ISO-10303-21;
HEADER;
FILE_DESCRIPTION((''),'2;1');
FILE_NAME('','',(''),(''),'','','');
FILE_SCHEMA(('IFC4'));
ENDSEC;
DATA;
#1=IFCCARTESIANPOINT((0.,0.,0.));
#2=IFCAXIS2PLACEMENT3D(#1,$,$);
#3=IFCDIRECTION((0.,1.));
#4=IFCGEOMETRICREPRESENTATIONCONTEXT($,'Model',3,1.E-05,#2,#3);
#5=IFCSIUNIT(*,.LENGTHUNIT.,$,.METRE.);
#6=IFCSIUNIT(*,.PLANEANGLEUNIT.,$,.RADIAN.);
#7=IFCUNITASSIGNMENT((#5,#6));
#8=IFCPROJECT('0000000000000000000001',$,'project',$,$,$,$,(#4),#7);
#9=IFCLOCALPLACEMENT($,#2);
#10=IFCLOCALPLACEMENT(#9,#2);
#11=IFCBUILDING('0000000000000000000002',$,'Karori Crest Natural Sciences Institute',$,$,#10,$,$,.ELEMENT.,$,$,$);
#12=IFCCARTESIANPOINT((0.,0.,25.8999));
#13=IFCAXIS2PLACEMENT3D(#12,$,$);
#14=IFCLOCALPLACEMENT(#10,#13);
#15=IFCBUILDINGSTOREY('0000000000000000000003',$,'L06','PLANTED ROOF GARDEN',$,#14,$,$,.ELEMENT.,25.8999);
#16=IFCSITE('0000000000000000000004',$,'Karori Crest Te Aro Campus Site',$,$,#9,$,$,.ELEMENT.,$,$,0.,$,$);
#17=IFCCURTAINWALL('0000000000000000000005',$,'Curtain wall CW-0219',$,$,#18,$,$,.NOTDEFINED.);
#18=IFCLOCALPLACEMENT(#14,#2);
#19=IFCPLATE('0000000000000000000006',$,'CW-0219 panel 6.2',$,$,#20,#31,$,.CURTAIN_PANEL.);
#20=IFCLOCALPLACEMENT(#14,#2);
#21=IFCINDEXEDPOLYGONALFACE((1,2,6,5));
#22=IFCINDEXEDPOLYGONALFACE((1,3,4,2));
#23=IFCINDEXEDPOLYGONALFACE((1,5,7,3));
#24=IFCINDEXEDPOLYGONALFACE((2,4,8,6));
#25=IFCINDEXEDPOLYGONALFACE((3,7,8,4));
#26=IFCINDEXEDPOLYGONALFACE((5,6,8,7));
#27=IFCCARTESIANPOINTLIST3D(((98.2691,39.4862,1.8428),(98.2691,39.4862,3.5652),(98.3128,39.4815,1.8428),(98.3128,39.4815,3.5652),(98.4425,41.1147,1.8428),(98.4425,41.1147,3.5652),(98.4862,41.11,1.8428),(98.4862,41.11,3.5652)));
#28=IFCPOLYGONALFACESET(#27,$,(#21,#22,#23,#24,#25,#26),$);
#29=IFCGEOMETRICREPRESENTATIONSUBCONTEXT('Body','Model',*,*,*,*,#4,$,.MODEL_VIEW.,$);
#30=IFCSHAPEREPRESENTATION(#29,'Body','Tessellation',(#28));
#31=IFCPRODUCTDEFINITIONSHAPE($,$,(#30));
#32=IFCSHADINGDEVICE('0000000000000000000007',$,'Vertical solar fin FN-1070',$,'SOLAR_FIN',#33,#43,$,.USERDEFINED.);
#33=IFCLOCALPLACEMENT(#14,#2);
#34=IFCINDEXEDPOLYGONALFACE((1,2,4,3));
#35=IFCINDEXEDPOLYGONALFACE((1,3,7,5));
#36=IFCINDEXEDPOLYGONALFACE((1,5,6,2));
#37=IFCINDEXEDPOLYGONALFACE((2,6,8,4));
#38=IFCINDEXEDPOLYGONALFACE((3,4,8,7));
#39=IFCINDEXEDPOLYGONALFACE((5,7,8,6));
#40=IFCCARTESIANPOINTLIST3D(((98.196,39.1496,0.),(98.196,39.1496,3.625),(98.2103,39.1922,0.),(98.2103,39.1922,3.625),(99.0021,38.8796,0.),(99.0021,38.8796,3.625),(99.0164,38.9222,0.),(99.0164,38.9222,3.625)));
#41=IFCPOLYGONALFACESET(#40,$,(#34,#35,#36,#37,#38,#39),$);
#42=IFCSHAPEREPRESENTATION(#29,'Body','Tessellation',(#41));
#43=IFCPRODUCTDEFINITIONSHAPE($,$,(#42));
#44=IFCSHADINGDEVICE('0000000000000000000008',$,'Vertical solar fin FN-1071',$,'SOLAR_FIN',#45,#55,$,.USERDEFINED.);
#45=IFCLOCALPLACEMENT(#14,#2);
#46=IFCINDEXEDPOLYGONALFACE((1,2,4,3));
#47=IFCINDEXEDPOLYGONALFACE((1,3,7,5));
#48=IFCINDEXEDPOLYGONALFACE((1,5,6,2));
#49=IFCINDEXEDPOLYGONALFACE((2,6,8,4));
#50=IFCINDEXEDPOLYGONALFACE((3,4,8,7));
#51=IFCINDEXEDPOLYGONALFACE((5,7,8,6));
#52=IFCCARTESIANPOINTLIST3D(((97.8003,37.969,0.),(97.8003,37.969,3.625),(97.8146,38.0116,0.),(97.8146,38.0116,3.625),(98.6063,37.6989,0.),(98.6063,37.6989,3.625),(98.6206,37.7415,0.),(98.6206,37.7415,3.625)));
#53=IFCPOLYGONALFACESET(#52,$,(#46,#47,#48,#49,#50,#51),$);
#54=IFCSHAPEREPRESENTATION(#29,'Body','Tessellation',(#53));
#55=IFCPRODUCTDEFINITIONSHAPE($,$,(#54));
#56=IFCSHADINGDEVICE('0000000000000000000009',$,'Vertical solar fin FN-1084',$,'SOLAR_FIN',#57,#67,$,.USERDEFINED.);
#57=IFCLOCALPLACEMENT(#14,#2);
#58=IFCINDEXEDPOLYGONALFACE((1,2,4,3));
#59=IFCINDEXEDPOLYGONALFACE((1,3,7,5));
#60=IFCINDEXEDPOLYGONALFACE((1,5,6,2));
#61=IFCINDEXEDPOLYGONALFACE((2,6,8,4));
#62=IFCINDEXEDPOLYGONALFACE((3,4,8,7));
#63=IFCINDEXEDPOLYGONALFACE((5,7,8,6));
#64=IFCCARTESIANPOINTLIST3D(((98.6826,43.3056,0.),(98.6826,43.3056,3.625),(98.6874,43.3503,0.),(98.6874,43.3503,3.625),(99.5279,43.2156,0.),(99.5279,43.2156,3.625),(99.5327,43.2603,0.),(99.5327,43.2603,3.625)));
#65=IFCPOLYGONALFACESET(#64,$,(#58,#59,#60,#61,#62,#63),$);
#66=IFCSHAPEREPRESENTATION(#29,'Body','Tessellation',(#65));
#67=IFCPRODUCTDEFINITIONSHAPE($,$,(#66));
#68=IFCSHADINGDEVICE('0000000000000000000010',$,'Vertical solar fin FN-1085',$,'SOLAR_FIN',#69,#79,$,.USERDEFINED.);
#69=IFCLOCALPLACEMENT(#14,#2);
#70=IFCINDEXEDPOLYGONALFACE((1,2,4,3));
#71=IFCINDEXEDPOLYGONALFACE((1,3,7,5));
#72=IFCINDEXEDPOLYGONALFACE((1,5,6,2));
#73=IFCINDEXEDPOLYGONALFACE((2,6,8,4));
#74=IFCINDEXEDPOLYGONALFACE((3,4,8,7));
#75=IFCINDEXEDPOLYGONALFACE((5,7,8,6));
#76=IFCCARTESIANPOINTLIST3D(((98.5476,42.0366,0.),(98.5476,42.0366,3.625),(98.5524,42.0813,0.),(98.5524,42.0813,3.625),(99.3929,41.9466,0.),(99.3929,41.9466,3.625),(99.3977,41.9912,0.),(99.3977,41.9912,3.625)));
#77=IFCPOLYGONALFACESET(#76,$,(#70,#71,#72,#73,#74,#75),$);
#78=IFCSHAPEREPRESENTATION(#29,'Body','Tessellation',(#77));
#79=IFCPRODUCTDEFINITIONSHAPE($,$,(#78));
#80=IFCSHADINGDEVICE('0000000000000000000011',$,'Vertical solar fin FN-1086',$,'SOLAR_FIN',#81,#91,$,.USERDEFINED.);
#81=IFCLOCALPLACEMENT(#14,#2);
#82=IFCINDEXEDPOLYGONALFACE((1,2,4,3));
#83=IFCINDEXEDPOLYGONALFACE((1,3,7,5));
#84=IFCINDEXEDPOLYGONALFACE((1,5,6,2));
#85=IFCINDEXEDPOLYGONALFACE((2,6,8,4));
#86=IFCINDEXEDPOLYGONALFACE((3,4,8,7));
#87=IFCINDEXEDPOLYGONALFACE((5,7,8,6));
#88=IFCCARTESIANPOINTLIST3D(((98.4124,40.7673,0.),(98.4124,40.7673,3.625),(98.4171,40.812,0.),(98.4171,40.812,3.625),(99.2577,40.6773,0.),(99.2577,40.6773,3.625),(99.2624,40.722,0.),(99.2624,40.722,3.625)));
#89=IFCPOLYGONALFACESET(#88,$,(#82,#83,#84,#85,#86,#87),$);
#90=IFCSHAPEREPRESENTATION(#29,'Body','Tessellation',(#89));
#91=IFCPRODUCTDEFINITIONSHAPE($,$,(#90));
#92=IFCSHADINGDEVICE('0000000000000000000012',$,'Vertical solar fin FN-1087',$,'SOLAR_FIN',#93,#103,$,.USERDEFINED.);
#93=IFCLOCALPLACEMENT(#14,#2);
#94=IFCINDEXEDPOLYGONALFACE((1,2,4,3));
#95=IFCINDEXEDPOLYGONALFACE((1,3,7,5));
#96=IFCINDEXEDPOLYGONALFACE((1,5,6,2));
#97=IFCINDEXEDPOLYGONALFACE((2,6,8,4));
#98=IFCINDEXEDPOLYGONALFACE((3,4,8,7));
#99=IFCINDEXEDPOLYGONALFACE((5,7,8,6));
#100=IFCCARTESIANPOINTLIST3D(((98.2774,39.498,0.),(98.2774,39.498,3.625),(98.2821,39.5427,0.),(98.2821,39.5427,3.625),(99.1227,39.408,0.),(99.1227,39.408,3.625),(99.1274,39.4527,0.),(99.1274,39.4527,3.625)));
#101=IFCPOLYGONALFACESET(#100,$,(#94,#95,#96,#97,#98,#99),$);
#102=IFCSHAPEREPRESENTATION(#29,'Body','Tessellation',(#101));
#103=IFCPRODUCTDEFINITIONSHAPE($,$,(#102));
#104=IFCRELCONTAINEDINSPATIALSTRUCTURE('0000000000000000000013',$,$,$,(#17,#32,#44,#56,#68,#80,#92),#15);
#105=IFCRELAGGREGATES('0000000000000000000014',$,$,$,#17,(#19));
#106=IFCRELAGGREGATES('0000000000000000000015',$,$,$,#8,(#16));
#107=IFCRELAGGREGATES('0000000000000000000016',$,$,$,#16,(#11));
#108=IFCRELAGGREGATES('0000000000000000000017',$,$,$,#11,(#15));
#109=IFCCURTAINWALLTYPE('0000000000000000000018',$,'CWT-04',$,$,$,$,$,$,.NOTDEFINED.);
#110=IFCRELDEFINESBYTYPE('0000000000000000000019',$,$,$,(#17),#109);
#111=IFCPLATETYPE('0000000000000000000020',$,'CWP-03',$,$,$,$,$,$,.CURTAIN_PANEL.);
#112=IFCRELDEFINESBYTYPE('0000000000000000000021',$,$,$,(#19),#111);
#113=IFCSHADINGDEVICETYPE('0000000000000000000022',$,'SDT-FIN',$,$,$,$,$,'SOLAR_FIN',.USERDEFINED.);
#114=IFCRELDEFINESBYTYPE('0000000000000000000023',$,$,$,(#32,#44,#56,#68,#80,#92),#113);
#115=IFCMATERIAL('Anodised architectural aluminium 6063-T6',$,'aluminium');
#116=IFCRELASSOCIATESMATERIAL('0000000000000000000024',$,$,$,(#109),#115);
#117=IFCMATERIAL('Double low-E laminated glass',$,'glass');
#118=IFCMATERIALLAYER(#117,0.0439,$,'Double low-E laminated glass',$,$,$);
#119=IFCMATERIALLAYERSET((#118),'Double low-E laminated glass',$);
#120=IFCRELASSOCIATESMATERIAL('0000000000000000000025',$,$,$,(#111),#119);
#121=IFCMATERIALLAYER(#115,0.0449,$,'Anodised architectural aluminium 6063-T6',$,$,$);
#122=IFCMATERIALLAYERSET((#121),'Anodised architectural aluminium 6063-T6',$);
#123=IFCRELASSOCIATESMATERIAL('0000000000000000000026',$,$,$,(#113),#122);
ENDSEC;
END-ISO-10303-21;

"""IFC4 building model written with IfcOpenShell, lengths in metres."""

from ifc_helpers import new_model, si_unit, direction, frame, origin, origin_2d, place, context, subcontext, project, spatial, rectangle, extrude, material, layer, layer_set, type_object, element, aggregate, save


model = new_model("IFC4")

# Units and contexts
model_context = context("Model", 3, precision=1e-05, world=origin(), true_north=direction((0.0, 1.0)))
body_context = subcontext(model_context, "Body", "Model", "MODEL_VIEW")
ifc_project = project(units=[si_unit("LENGTHUNIT", "METRE"), si_unit("PLANEANGLEUNIT", "RADIAN")], contexts=[model_context])

# Site, building, storey
site_placement = place(None, origin())
site = spatial("IfcSite", under=ifc_project, at=site_placement, Name="Karori Crest Te Aro Campus Site", CompositionType="ELEMENT", RefElevation=0.0)
building_placement = place(site_placement, origin())
building = spatial("IfcBuilding", under=site, at=building_placement, Name="Karori Crest Natural Sciences Institute", CompositionType="ELEMENT")
storey_placement = place(building_placement, frame((0.0, 0.0, 25.8999)))
storey = spatial("IfcBuildingStorey", under=building, at=storey_placement, Name="L06", Description="PLANTED ROOF GARDEN", CompositionType="ELEMENT", Elevation=25.8999)

# Shared definitions
ifc_material_1 = material(Name="Anodised architectural aluminium 6063-T6", Category="aluminium")

# Curtain wall
curtain_wall_type_1 = type_object("IfcCurtainWallType", Name="CWT-04", PredefinedType="NOTDEFINED", material=ifc_material_1)
curtain_wall_1_placement = place(storey_placement, origin())
curtain_wall_1 = element("IfcCurtainWall", 1, at=curtain_wall_1_placement, inside=storey, type_object=curtain_wall_type_1, Name="Curtain wall CW-0219", PredefinedType="NOTDEFINED")

# Plate
ifc_material_2 = material(Name="Double low-E laminated glass", Category="glass")
ifc_layer_1 = layer(ifc_material_2, 0.0439, Name="Double low-E laminated glass")
ifc_layer_set_1 = layer_set([ifc_layer_1], Name="Double low-E laminated glass")
plate_type = type_object("IfcPlateType", Name="CWP-03", PredefinedType="CURTAIN_PANEL", material=ifc_layer_set_1)
plate_1_placement = place(storey_placement, frame((98.3777, 40.2981, 1.8428), z_axis=(0.0, 0.0, 1.0), x_axis=(-0.105886, -0.994378, 0.0)))
plate_1 = element("IfcPlate", 2, at=plate_1_placement, type_object=plate_type, Name="CW-0219 panel 6.2", PredefinedType="CURTAIN_PANEL", context=body_context, shape_type="SweptSolid", body=[
    extrude(rectangle(XDim=1.6377, YDim=0.0439, at=origin_2d()), origin(), (0.0, 0.0, 1.0), 1.7224),
])
aggregate(curtain_wall_1, [plate_1])

# Shading devices
ifc_layer_2 = layer(ifc_material_1, 0.0449, Name="Anodised architectural aluminium 6063-T6")
ifc_layer_set_2 = layer_set([ifc_layer_2], Name="Anodised architectural aluminium 6063-T6")
shading_device_type = type_object("IfcShadingDeviceType", Name="SDT-FIN", ElementType="SOLAR_FIN", PredefinedType="USERDEFINED", material=ifc_layer_set_2)
for number, where, z_axis, x_axis, name in (
    (3, (98.6062, 39.0359, 0.0), (0.0, 0.0, 1.0), (0.948198, -0.31768, 0.0), "Vertical solar fin FN-1070"),
    (4, (98.2104, 37.8552, 0.0), (0.0, 0.0, 1.0), (0.948198, -0.31768, 0.0), "Vertical solar fin FN-1071"),
    (5, (99.1077, 43.283, 0.0), (0.0, 0.0, 1.0), (0.994378, -0.105886, 0.0), "Vertical solar fin FN-1084"),
    (6, (98.9727, 42.0139, 0.0), (0.0, 0.0, 1.0), (0.994378, -0.105886, 0.0), "Vertical solar fin FN-1085"),
    (7, (98.8374, 40.7446, 0.0), (0.0, 0.0, 1.0), (0.994378, -0.105886, 0.0), "Vertical solar fin FN-1086"),
    (8, (98.7024, 39.4753, 0.0), (0.0, 0.0, 1.0), (0.994378, -0.105886, 0.0), "Vertical solar fin FN-1087"),
):
    element("IfcShadingDevice", number, at=place(storey_placement, frame(where, z_axis=z_axis, x_axis=x_axis)), inside=storey, type_object=shading_device_type, Name=name, ObjectType="SOLAR_FIN", PredefinedType="USERDEFINED", context=body_context, shape_type="SweptSolid", body=[
        extrude(rectangle(XDim=0.8501, YDim=0.0449, at=origin_2d()), origin(), (0.0, 0.0, 1.0), 3.625),
    ])

save(model, "model.ifc")
